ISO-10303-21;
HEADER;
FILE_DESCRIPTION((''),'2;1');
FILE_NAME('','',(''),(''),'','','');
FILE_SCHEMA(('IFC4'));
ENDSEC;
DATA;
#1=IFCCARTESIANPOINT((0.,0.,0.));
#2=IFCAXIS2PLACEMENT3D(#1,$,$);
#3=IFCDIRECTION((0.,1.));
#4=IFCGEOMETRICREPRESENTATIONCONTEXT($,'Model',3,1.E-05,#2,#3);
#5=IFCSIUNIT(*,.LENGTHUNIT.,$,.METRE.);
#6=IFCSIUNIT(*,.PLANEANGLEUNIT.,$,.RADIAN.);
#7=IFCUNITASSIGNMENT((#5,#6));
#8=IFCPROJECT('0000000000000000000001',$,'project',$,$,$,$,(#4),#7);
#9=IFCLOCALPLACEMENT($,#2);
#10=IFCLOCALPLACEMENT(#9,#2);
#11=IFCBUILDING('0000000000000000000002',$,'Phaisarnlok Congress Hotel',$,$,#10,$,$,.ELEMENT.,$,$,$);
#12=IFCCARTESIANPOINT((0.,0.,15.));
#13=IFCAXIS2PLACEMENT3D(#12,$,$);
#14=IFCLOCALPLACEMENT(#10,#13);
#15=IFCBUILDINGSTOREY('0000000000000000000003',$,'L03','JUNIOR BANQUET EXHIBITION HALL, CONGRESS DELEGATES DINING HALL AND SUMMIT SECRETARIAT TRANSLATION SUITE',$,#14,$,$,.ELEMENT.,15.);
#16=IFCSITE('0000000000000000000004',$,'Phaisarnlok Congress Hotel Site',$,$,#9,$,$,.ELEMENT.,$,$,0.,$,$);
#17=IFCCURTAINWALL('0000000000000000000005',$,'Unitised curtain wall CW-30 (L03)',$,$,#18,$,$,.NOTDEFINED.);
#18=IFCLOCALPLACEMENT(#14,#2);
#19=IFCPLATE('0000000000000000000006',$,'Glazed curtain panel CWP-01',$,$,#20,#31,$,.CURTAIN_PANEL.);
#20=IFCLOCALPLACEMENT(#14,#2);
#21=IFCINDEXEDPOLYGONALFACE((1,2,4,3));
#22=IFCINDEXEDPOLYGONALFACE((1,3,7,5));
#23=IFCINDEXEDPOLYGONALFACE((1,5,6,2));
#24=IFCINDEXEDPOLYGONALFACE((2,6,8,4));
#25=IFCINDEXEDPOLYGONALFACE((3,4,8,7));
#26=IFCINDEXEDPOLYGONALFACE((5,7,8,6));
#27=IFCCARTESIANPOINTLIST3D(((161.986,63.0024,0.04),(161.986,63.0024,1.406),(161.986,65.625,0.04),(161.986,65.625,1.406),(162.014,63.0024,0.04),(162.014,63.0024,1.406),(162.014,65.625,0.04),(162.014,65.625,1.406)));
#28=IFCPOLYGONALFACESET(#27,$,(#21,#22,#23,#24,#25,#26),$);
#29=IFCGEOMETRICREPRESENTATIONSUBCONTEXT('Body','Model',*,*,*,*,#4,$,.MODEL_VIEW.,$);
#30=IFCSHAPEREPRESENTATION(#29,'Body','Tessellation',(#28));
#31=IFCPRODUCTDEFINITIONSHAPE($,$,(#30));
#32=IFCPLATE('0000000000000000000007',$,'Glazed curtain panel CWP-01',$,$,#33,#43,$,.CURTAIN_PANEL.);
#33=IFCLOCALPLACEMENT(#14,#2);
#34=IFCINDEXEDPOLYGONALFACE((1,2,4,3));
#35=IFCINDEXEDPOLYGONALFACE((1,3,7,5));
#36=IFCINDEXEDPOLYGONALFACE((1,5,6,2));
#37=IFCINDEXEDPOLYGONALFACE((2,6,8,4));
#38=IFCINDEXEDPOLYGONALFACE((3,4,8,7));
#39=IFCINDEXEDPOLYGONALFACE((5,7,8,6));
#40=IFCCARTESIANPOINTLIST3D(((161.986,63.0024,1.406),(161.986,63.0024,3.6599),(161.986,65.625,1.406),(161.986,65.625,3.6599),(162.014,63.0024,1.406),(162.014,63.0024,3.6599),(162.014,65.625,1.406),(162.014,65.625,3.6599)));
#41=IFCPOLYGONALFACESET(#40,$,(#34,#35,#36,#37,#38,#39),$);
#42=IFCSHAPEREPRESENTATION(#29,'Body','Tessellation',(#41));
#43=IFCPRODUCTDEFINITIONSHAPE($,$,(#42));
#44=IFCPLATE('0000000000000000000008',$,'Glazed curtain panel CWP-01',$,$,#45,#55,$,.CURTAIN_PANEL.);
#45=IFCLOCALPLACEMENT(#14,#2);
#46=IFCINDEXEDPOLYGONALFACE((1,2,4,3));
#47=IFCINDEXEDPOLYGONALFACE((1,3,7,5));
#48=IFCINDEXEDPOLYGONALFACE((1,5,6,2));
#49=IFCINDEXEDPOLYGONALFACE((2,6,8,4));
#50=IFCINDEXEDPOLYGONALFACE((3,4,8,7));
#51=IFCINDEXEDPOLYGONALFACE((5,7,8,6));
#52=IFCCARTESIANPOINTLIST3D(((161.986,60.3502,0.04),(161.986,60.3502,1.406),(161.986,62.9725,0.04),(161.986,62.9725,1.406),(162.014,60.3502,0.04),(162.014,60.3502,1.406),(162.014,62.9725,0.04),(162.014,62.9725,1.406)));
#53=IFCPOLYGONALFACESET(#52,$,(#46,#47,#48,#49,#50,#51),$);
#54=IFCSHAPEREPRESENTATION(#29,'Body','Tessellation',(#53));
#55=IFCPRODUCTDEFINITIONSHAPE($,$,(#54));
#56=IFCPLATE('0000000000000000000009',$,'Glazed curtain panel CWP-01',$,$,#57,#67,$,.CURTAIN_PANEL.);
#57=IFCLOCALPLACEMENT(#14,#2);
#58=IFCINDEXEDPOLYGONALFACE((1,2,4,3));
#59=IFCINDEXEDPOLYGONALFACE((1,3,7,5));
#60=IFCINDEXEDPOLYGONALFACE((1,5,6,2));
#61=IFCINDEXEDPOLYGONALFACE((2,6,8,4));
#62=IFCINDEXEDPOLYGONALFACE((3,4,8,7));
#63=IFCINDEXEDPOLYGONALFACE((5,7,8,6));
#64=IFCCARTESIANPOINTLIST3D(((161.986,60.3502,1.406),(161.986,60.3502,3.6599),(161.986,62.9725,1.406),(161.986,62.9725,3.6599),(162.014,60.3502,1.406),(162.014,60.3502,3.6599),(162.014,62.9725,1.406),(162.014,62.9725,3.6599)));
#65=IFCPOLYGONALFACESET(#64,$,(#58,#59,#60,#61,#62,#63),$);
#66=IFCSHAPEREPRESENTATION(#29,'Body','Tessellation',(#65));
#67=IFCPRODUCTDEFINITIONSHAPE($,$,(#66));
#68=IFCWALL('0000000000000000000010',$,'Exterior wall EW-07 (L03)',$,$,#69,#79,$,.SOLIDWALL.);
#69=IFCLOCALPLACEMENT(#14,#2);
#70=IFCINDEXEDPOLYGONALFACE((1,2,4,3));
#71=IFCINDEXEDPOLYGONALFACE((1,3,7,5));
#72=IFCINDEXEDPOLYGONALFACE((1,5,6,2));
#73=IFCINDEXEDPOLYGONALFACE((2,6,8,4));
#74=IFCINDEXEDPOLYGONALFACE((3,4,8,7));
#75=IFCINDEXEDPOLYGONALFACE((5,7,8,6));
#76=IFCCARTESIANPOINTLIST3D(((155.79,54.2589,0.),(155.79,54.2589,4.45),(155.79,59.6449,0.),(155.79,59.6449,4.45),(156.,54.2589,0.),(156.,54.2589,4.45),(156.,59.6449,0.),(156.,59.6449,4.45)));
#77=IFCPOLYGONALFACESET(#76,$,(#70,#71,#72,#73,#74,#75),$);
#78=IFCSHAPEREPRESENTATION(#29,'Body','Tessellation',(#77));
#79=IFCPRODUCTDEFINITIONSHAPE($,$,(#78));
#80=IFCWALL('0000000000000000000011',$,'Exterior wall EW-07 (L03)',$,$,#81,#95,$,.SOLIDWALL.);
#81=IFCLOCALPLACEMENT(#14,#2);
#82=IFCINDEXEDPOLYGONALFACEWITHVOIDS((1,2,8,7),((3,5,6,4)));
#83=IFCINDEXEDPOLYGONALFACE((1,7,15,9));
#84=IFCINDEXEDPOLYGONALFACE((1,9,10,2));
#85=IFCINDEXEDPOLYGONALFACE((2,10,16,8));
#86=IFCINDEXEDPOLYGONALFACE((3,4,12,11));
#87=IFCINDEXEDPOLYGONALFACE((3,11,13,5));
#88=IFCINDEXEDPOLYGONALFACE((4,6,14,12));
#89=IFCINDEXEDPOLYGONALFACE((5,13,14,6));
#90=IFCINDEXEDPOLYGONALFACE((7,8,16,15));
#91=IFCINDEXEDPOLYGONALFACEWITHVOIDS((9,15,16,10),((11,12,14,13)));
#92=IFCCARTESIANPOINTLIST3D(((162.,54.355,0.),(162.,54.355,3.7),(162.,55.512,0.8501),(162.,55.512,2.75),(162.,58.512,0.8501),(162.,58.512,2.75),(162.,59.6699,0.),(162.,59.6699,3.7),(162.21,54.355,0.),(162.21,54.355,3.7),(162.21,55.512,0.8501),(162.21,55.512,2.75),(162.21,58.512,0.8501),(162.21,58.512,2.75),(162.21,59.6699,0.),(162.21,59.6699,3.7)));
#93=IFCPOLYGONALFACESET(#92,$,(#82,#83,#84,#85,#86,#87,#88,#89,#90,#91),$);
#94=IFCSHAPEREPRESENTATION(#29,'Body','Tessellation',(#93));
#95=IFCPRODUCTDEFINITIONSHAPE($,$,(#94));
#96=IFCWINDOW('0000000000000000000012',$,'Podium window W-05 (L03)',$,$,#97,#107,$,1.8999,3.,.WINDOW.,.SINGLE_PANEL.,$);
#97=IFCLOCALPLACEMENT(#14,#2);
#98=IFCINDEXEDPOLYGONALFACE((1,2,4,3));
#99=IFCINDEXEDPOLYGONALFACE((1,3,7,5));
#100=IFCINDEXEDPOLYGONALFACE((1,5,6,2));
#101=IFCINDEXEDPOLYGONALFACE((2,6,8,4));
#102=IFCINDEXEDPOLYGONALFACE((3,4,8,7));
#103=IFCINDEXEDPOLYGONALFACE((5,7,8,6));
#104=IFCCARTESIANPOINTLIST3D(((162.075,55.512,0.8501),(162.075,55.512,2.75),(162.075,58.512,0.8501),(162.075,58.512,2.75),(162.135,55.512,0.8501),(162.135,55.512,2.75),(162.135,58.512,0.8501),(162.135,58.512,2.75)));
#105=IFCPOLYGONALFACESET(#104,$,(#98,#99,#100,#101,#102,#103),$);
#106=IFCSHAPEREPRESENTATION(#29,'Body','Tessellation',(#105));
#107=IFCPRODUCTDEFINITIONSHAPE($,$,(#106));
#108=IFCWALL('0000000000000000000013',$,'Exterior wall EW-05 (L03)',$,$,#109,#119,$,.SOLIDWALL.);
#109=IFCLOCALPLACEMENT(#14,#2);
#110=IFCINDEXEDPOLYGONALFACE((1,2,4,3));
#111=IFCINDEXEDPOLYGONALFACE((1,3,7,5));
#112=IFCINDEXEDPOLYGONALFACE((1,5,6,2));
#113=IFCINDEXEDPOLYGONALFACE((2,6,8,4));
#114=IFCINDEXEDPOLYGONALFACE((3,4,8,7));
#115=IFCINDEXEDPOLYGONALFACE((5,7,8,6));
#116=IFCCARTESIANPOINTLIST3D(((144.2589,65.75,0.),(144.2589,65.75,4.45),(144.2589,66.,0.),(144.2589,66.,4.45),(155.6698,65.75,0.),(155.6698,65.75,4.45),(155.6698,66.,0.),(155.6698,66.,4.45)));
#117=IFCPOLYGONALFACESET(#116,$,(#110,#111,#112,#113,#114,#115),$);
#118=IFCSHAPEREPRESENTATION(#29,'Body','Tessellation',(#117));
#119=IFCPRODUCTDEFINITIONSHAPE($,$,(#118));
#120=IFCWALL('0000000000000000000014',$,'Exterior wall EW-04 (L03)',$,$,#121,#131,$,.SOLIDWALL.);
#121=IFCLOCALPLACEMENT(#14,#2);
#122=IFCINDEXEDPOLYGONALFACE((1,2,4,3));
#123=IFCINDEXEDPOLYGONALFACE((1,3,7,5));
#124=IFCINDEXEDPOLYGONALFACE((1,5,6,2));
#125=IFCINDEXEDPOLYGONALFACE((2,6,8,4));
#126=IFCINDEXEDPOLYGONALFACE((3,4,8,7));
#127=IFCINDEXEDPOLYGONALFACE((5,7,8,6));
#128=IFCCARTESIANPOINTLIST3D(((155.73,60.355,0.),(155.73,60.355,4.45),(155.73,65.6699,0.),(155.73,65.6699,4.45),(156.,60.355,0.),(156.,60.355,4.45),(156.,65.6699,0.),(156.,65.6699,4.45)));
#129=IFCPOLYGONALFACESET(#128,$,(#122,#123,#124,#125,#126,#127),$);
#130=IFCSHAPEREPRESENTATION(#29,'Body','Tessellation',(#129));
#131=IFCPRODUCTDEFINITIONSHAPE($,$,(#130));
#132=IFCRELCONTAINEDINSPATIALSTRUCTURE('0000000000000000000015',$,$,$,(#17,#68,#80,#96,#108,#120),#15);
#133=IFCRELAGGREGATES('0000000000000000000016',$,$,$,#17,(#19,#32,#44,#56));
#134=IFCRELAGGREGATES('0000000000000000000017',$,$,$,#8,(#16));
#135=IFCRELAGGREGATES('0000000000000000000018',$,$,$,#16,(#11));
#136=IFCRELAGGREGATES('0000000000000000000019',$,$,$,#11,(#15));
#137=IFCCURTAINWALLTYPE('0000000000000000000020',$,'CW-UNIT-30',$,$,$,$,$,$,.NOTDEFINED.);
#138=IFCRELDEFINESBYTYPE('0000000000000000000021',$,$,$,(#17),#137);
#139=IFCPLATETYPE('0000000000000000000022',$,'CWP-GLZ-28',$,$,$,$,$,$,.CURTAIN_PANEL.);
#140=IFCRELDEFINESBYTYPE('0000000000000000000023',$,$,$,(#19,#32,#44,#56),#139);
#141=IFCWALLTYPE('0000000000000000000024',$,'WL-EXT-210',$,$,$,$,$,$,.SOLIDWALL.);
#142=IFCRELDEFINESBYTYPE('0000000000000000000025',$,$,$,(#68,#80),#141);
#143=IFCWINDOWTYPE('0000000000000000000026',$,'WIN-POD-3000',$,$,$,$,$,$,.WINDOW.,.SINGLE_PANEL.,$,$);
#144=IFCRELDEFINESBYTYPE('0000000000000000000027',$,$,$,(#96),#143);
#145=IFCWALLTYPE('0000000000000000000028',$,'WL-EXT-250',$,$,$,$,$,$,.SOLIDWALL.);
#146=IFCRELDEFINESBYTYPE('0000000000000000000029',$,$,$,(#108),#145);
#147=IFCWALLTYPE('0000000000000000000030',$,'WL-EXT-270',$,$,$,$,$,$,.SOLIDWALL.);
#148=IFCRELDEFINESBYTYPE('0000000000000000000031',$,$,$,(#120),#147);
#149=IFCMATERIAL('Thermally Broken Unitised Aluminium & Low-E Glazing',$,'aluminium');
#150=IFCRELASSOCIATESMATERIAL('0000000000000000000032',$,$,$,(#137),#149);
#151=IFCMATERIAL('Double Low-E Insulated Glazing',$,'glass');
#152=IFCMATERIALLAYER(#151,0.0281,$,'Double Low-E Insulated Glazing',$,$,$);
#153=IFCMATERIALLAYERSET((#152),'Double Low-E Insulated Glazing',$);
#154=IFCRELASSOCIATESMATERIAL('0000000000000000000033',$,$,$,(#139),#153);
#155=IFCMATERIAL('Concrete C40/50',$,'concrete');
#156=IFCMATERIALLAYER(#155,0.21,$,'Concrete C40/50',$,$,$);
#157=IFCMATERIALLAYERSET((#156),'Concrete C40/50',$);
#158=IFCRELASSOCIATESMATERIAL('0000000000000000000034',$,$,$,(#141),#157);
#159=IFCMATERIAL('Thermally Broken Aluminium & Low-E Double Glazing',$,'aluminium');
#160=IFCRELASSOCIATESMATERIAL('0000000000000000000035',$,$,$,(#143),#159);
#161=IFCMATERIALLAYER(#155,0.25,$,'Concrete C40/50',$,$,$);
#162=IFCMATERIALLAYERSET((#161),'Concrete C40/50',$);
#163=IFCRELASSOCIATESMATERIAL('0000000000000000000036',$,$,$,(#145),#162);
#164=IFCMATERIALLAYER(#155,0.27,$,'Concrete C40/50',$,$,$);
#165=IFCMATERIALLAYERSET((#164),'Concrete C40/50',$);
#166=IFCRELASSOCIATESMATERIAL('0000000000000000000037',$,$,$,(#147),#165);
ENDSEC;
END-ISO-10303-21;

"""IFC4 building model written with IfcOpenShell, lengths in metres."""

from ifc_helpers import new_model, si_unit, direction, frame, frame_2d, origin, place, context, subcontext, project, spatial, rectangle, extrude, material, layer, layer_set, type_object, element, fill, aggregate, save


model = new_model("IFC4")

# Units and contexts
model_context = context("Model", 3, precision=1e-05, world=origin(), true_north=direction((0.0, 1.0)))
body_context = subcontext(model_context, "Body", "Model", "MODEL_VIEW")
ifc_project = project(units=[si_unit("LENGTHUNIT", "METRE"), si_unit("PLANEANGLEUNIT", "RADIAN")], contexts=[model_context])

# Site, building, storey
site_placement = place(None, origin())
site = spatial("IfcSite", under=ifc_project, at=site_placement, Name="Phaisarnlok Congress Hotel Site", CompositionType="ELEMENT", RefElevation=0.0)
building_placement = place(site_placement, origin())
building = spatial("IfcBuilding", under=site, at=building_placement, Name="Phaisarnlok Congress Hotel", CompositionType="ELEMENT")
storey_placement = place(building_placement, frame((0.0, 0.0, 15.0)))
storey = spatial("IfcBuildingStorey", under=building, at=storey_placement, Name="L03", Description="JUNIOR BANQUET EXHIBITION HALL, CONGRESS DELEGATES DINING HALL AND SUMMIT SECRETARIAT TRANSLATION SUITE", CompositionType="ELEMENT", Elevation=15.0)

# Shared definitions
ifc_material_1 = material(Name="Concrete C40/50", Category="concrete")

# Curtain wall
ifc_material_2 = material(Name="Thermally Broken Unitised Aluminium & Low-E Glazing", Category="aluminium")
curtain_wall_type = type_object("IfcCurtainWallType", Name="CW-UNIT-30", PredefinedType="NOTDEFINED", material=ifc_material_2)
curtain_wall_placement = place(storey_placement, origin())
curtain_wall = element("IfcCurtainWall", 1, at=curtain_wall_placement, inside=storey, type_object=curtain_wall_type, Name="Unitised curtain wall CW-30 (L03)", PredefinedType="NOTDEFINED")

# Plates
ifc_material_3 = material(Name="Double Low-E Insulated Glazing", Category="glass")
ifc_layer_1 = layer(ifc_material_3, 0.0281, Name="Double Low-E Insulated Glazing")
ifc_layer_set_1 = layer_set([ifc_layer_1], Name="Double Low-E Insulated Glazing")
plate_type = type_object("IfcPlateType", Name="CWP-GLZ-28", PredefinedType="CURTAIN_PANEL", material=ifc_layer_set_1)
plate_1_placement = place(storey_placement, frame((162.0, 65.625, 0.04), z_axis=(0.0, 0.0, 1.0), x_axis=(0.0, -1.0, 0.0)))
plate_1 = element("IfcPlate", 2, at=plate_1_placement, type_object=plate_type, Name="Glazed curtain panel CWP-01", PredefinedType="CURTAIN_PANEL", context=body_context, shape_type="SweptSolid", body=[
    extrude(rectangle(XDim=2.6226, YDim=0.0281, at=frame_2d((1.3113, 0.0))), origin(), (0.0, 0.0, 1.0), 1.366),
])
plate_2_placement = place(storey_placement, frame((162.0, 65.625, 1.406), z_axis=(0.0, 0.0, 1.0), x_axis=(0.0, -1.0, 0.0)))
plate_2 = element("IfcPlate", 3, at=plate_2_placement, type_object=plate_type, Name="Glazed curtain panel CWP-01", PredefinedType="CURTAIN_PANEL", context=body_context, shape_type="SweptSolid", body=[
    extrude(rectangle(XDim=2.6226, YDim=0.0281, at=frame_2d((1.3113, 0.0))), origin(), (0.0, 0.0, 1.0), 2.2539),
])
plate_3_placement = place(storey_placement, frame((162.0, 62.9724, 0.04), z_axis=(0.0, 0.0, 1.0), x_axis=(0.0, -1.0, 0.0)))
plate_3 = element("IfcPlate", 4, at=plate_3_placement, type_object=plate_type, Name="Glazed curtain panel CWP-01", PredefinedType="CURTAIN_PANEL", context=body_context, shape_type="SweptSolid", body=[
    extrude(rectangle(XDim=2.6223, YDim=0.0281, at=frame_2d((1.311, 0.0))), origin(), (0.0, 0.0, 1.0), 1.366),
])
plate_4_placement = place(storey_placement, frame((162.0, 62.9724, 1.406), z_axis=(0.0, 0.0, 1.0), x_axis=(0.0, -1.0, 0.0)))
plate_4 = element("IfcPlate", 5, at=plate_4_placement, type_object=plate_type, Name="Glazed curtain panel CWP-01", PredefinedType="CURTAIN_PANEL", context=body_context, shape_type="SweptSolid", body=[
    extrude(rectangle(XDim=2.6223, YDim=0.0281, at=frame_2d((1.311, 0.0))), origin(), (0.0, 0.0, 1.0), 2.2539),
])
aggregate(curtain_wall, [plate_1, plate_2, plate_3, plate_4])

# Wall
ifc_layer_2 = layer(ifc_material_1, 0.21, Name="Concrete C40/50")
ifc_layer_set_2 = layer_set([ifc_layer_2], Name="Concrete C40/50")
wall_type_1 = type_object("IfcWallType", Name="WL-EXT-210", PredefinedType="SOLIDWALL", material=ifc_layer_set_2)
wall_1_placement = place(storey_placement, frame((155.895, 54.259, 0.0), z_axis=(0.0, 0.0, 1.0), x_axis=(0.0, 1.0, 0.0)))
element("IfcWall", 6, at=wall_1_placement, inside=storey, type_object=wall_type_1, Name="Exterior wall EW-07 (L03)", PredefinedType="SOLIDWALL", context=body_context, shape_type="SweptSolid", body=[
    extrude(rectangle(XDim=5.386, YDim=0.21, at=frame_2d((2.6929, 0.0))), origin(), (0.0, 0.0, 1.0), 4.45),
])

# Wall, opening, window
wall_2_placement = place(storey_placement, frame((162.105, 59.6699, 0.0), z_axis=(0.0, 0.0, 1.0), x_axis=(0.0, -1.0, 0.0)))
wall_2 = element("IfcWall", 7, at=wall_2_placement, inside=storey, type_object=wall_type_1, Name="Exterior wall EW-07 (L03)", PredefinedType="SOLIDWALL", context=body_context, shape_type="SweptSolid", body=[
    extrude(rectangle(XDim=5.3149, YDim=0.21, at=frame_2d((2.6575, 0.0))), origin(), (0.0, 0.0, 1.0), 3.7),
])
opening_placement = place(wall_2_placement, frame((1.158, 0.0, 0.8501)))
opening = element("IfcOpeningElement", 8, at=opening_placement, cuts=wall_2, PredefinedType="OPENING", context=body_context, shape_type="SweptSolid", body=[
    extrude(rectangle(XDim=3.0, YDim=1.8999, at=frame_2d((1.5, 0.95))), frame((0.0, 0.115, 0.0), z_axis=(0.0, -1.0, 0.0), x_axis=(1.0, 0.0, 0.0)), (0.0, 0.0, 1.0), 0.23),
])
ifc_material_4 = material(Name="Thermally Broken Aluminium & Low-E Double Glazing", Category="aluminium")
window_type = type_object("IfcWindowType", Name="WIN-POD-3000", PartitioningType="SINGLE_PANEL", PredefinedType="WINDOW", material=ifc_material_4)
window_placement = place(opening_placement, origin())
window = element("IfcWindow", 9, at=window_placement, inside=storey, type_object=window_type, Name="Podium window W-05 (L03)", OverallHeight=1.8999, OverallWidth=3.0, PartitioningType="SINGLE_PANEL", PredefinedType="WINDOW", context=body_context, shape_type="SweptSolid", body=[
    extrude(rectangle(XDim=3.0, YDim=1.8999, at=frame_2d((1.5, 0.95))), frame((0.0, 0.03, 0.0), z_axis=(0.0, -1.0, 0.0), x_axis=(1.0, 0.0, 0.0)), (0.0, 0.0, 1.0), 0.0601),
])
fill(opening, window)

# Walls
ifc_layer_3 = layer(ifc_material_1, 0.25, Name="Concrete C40/50")
ifc_layer_set_3 = layer_set([ifc_layer_3], Name="Concrete C40/50")
wall_type_2 = type_object("IfcWallType", Name="WL-EXT-250", PredefinedType="SOLIDWALL", material=ifc_layer_set_3)
wall_3_placement = place(storey_placement, frame((155.6699, 65.875, 0.0), z_axis=(0.0, 0.0, 1.0), x_axis=(-1.0, 0.0, 0.0)))
element("IfcWall", 10, at=wall_3_placement, inside=storey, type_object=wall_type_2, Name="Exterior wall EW-05 (L03)", PredefinedType="SOLIDWALL", context=body_context, shape_type="SweptSolid", body=[
    extrude(rectangle(XDim=11.4109, YDim=0.25, at=frame_2d((5.7056, 0.0))), origin(), (0.0, 0.0, 1.0), 4.45),
])
ifc_layer_4 = layer(ifc_material_1, 0.27, Name="Concrete C40/50")
ifc_layer_set_4 = layer_set([ifc_layer_4], Name="Concrete C40/50")
wall_type_3 = type_object("IfcWallType", Name="WL-EXT-270", PredefinedType="SOLIDWALL", material=ifc_layer_set_4)
wall_4_placement = place(storey_placement, frame((155.865, 60.355, 0.0), z_axis=(0.0, 0.0, 1.0), x_axis=(0.0, 1.0, 0.0)))
element("IfcWall", 11, at=wall_4_placement, inside=storey, type_object=wall_type_3, Name="Exterior wall EW-04 (L03)", PredefinedType="SOLIDWALL", context=body_context, shape_type="SweptSolid", body=[
    extrude(rectangle(XDim=5.3149, YDim=0.27, at=frame_2d((2.6575, 0.0))), origin(), (0.0, 0.0, 1.0), 4.45),
])

save(model, "model.ifc")
